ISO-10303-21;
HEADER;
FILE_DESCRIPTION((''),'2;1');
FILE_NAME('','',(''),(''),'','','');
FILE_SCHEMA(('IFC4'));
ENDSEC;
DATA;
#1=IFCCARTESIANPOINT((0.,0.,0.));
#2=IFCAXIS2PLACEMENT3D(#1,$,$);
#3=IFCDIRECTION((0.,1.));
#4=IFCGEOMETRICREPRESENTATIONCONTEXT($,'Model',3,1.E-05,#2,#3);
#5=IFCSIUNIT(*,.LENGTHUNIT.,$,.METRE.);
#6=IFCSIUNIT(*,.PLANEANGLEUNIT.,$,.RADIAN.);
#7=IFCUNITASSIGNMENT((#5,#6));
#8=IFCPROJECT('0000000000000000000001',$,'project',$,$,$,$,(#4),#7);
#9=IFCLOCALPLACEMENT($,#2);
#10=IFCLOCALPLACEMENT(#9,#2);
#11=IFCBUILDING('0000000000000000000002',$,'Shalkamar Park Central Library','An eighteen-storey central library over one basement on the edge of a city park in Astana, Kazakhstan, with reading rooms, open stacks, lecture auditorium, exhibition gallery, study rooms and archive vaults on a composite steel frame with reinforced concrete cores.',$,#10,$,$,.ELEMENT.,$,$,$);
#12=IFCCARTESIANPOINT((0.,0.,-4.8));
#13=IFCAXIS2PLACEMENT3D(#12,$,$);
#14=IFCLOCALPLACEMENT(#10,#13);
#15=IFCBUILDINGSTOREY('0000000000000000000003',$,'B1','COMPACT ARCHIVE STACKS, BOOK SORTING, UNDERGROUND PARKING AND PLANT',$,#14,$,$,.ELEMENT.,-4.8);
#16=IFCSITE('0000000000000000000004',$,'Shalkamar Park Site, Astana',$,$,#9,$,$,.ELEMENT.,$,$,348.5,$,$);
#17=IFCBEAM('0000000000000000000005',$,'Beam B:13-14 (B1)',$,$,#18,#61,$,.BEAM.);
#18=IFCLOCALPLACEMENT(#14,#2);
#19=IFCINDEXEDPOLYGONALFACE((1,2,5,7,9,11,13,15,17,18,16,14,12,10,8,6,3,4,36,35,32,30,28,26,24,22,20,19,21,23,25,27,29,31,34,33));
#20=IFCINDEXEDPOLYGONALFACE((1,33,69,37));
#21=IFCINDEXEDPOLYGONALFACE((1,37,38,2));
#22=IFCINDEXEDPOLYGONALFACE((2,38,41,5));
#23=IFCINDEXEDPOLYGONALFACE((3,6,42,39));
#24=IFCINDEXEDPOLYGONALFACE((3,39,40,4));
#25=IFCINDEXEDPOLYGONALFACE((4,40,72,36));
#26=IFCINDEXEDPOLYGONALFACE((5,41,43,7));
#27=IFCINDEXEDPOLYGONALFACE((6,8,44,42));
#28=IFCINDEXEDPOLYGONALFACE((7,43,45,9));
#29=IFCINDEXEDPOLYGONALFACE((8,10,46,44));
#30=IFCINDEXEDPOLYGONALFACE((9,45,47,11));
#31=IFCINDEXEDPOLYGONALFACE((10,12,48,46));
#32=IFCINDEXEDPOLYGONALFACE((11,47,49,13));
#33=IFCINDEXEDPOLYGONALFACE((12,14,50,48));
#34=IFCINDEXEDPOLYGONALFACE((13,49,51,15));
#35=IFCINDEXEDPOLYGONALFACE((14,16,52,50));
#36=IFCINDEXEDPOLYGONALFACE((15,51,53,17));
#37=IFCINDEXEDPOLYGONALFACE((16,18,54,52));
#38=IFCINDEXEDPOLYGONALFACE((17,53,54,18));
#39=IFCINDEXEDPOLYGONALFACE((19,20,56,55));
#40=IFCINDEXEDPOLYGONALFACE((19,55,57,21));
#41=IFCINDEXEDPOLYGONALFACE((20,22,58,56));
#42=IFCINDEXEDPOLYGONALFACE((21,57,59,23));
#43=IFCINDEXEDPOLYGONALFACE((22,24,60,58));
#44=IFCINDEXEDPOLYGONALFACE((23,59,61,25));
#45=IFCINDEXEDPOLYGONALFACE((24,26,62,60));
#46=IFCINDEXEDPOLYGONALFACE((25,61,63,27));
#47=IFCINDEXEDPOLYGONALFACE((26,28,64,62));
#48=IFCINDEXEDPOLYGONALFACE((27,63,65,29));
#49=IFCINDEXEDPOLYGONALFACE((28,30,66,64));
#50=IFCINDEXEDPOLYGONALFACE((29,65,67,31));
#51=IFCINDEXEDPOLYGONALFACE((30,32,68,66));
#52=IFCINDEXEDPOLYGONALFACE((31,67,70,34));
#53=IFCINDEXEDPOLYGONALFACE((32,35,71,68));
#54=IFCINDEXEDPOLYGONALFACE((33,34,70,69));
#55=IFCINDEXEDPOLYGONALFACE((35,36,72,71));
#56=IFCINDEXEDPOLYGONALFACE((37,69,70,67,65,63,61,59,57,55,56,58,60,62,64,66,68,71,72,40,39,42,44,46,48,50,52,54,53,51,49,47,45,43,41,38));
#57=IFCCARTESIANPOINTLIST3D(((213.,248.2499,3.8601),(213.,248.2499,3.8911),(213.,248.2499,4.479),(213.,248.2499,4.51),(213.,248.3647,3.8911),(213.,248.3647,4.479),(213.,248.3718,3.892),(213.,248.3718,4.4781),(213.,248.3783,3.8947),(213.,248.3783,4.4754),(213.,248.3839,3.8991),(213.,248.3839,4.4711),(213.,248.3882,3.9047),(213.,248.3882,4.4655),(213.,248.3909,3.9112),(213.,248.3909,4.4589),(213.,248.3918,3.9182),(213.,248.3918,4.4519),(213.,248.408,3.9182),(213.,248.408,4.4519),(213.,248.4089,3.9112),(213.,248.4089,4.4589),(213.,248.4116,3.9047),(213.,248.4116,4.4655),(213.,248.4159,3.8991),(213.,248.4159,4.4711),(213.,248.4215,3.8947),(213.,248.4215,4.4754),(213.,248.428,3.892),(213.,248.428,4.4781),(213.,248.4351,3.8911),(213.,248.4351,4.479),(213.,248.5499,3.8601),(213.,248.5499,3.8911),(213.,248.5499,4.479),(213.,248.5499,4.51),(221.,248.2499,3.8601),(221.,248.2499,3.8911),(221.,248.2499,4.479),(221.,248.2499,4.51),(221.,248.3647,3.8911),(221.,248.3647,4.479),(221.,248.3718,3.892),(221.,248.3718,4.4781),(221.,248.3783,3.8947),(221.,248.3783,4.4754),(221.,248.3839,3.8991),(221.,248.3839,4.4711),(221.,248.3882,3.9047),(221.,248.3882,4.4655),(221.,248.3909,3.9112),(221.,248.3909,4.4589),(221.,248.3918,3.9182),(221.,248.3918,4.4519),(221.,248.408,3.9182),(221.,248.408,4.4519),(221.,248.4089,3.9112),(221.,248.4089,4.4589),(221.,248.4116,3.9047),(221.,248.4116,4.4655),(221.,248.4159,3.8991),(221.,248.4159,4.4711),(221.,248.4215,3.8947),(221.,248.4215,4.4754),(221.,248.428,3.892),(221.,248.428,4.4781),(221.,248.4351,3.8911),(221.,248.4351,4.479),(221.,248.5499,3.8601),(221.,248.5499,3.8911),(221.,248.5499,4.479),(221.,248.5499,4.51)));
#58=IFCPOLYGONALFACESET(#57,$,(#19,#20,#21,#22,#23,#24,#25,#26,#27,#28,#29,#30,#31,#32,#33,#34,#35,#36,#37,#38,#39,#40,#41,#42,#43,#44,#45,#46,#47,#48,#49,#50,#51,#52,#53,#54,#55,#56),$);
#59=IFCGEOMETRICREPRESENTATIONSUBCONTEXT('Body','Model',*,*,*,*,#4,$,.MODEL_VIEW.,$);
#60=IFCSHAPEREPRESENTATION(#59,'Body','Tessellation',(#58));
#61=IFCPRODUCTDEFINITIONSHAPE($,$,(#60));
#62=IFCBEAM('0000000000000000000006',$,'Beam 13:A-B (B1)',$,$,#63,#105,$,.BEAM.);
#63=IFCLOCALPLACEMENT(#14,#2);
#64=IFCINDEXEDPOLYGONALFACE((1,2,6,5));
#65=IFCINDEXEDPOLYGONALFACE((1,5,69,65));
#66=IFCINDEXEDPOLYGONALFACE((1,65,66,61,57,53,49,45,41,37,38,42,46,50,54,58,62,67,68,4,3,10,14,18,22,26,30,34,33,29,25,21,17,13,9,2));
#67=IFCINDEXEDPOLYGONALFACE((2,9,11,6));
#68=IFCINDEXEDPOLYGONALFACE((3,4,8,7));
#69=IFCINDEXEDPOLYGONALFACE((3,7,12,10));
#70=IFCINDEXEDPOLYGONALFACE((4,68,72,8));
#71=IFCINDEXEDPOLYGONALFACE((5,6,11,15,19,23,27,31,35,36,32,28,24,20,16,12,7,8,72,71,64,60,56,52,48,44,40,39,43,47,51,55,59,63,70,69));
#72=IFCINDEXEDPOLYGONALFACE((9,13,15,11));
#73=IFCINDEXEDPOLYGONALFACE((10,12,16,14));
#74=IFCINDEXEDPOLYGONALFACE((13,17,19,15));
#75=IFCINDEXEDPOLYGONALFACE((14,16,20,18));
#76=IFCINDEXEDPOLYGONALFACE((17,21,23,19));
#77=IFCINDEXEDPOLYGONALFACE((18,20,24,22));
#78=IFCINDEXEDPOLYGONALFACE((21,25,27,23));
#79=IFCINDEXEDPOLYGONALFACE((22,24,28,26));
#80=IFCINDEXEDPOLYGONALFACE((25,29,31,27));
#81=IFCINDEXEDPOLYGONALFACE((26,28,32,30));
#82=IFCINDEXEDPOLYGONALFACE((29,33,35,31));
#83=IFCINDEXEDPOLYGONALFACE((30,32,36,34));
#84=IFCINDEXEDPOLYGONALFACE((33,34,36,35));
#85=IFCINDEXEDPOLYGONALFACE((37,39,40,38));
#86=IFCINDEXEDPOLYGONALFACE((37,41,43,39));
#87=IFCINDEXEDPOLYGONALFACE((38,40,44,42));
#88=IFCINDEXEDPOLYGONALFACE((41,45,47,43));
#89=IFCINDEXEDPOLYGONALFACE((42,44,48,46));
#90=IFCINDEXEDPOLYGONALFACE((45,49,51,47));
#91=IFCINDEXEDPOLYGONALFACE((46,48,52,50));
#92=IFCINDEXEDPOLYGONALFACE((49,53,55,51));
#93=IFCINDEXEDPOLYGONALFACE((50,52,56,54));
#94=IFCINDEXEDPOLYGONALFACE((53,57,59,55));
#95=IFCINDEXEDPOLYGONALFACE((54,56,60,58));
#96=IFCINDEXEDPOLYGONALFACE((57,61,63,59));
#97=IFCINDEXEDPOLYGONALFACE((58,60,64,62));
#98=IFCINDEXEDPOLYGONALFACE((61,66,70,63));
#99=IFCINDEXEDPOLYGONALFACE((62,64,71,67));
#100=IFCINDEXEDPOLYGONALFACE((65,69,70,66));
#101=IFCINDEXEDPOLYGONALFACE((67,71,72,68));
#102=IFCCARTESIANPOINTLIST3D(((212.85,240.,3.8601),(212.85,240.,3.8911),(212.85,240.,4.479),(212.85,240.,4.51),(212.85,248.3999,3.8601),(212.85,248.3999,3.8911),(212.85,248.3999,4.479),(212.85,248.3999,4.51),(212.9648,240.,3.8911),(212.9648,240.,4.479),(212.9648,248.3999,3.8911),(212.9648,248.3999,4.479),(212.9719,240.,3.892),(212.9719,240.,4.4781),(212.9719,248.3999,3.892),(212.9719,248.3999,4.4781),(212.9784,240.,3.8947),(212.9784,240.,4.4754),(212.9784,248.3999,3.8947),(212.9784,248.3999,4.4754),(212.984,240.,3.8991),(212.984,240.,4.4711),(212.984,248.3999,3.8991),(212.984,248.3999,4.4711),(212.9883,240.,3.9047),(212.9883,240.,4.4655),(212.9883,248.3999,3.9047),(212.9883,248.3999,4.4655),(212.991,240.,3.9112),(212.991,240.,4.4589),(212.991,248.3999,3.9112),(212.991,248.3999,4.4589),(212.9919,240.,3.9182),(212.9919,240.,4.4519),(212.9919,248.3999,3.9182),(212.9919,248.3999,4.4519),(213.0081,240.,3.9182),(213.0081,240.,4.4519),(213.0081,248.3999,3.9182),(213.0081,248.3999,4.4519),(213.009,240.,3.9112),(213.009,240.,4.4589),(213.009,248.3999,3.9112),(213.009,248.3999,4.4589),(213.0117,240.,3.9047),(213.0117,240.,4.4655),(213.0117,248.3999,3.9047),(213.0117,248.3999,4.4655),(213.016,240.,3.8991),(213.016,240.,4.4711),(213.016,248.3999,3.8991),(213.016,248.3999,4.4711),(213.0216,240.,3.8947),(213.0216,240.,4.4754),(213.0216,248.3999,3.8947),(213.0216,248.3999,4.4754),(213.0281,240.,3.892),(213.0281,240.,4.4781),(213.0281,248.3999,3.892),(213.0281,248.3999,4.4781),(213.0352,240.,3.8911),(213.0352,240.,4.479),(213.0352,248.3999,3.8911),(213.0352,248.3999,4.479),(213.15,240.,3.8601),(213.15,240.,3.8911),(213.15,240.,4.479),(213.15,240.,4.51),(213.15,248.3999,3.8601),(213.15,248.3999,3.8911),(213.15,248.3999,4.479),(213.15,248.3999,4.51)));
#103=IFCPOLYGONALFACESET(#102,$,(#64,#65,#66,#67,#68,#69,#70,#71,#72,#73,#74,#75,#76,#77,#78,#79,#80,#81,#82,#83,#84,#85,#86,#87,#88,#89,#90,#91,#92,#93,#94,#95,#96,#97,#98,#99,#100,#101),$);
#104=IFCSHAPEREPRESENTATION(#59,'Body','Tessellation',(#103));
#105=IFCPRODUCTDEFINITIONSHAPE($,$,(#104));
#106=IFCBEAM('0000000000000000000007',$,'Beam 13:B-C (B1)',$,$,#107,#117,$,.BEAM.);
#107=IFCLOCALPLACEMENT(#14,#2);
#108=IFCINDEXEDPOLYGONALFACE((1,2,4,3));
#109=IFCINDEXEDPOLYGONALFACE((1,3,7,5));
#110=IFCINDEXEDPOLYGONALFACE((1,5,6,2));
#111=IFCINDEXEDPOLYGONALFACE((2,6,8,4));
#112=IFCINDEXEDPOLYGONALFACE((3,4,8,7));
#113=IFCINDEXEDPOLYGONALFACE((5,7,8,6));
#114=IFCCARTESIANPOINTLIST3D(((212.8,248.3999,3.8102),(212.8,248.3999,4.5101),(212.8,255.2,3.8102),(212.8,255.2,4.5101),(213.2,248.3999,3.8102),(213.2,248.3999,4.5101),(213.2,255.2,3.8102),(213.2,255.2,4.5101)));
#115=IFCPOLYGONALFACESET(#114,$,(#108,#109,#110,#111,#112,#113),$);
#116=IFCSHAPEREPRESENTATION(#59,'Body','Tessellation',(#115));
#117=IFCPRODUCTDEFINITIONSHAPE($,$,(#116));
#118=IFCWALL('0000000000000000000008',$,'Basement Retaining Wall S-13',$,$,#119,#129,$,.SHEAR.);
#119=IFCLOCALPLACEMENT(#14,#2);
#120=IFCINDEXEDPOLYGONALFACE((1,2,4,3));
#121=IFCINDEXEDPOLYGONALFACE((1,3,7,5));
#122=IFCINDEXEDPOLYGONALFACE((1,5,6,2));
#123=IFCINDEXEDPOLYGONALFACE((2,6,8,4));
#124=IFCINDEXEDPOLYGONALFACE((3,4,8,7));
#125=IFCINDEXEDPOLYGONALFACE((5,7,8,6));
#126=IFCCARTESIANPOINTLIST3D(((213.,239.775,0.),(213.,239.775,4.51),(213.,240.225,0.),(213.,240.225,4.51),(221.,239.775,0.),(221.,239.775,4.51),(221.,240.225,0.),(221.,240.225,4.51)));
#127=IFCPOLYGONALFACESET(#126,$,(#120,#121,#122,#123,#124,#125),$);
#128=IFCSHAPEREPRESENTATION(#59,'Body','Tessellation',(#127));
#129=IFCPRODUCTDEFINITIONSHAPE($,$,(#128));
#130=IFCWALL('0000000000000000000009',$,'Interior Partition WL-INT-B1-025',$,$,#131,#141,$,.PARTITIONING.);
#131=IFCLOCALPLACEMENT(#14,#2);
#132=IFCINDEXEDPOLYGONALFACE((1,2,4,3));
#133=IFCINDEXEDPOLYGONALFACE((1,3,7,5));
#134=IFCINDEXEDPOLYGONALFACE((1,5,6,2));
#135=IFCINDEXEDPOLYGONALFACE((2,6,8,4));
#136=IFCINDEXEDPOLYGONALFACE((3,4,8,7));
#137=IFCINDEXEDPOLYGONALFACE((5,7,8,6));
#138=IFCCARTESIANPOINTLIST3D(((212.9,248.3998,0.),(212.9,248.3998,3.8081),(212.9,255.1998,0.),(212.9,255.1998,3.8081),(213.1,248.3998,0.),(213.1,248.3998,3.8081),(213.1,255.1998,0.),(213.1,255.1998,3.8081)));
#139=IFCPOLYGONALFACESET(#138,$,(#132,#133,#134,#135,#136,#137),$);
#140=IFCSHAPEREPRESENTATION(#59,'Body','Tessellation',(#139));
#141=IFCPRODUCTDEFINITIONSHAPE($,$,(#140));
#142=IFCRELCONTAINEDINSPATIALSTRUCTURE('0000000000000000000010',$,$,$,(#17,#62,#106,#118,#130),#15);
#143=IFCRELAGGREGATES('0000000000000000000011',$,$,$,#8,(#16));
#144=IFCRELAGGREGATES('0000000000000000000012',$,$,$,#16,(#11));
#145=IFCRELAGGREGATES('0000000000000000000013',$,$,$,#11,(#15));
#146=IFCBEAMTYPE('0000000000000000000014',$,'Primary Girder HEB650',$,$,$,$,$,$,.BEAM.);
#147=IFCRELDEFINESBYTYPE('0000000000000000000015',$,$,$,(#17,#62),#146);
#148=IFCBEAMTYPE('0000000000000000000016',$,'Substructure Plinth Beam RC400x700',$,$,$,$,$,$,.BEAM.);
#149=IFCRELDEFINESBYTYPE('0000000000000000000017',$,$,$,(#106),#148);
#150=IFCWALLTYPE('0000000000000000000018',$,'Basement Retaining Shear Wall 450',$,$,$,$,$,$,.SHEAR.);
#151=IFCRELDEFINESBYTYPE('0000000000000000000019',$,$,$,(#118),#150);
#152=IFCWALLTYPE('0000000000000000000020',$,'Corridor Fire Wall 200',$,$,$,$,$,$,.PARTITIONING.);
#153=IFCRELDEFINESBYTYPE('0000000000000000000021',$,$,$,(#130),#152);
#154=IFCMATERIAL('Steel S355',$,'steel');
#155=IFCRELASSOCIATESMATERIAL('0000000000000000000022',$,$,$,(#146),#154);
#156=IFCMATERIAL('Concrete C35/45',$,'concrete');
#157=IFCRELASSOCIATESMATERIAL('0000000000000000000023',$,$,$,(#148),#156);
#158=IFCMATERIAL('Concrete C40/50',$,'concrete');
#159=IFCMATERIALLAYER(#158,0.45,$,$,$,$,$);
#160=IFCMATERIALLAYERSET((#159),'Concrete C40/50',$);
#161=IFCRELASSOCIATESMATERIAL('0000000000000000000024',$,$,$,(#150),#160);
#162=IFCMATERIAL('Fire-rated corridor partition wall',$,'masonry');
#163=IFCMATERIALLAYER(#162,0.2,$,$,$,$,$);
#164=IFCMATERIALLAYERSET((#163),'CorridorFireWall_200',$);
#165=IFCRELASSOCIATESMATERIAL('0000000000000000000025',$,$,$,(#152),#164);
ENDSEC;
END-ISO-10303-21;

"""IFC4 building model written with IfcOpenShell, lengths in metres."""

from ifc_helpers import new_model, si_unit, direction, frame, frame_2d, origin, origin_2d, place, context, subcontext, project, spatial, rectangle, i_section, extrude, material, layer, layer_set, material_profile, profile_set, type_object, element, save


model = new_model("IFC4")

# Units and contexts
model_context = context("Model", 3, precision=1e-05, world=origin(), true_north=direction((0.0, 1.0)))
body_context = subcontext(model_context, "Body", "Model", "MODEL_VIEW")
ifc_project = project(units=[si_unit("LENGTHUNIT", "METRE"), si_unit("PLANEANGLEUNIT", "RADIAN")], contexts=[model_context])

# Site, building, storey
site_placement = place(None, origin())
site = spatial("IfcSite", under=ifc_project, at=site_placement, Name="Shalkamar Park Site, Astana", CompositionType="ELEMENT", RefElevation=348.5)
building_placement = place(site_placement, origin())
building = spatial("IfcBuilding", under=site, at=building_placement, Name="Shalkamar Park Central Library", Description="An eighteen-storey central library over one basement on the edge of a city park in Astana, Kazakhstan, with reading rooms, open stacks, lecture auditorium, exhibition gallery, study rooms and archive vaults on a composite steel frame with reinforced concrete cores.", CompositionType="ELEMENT")
storey_placement = place(building_placement, frame((0.0, 0.0, -4.8)))
storey = spatial("IfcBuildingStorey", under=building, at=storey_placement, Name="B1", Description="COMPACT ARCHIVE STACKS, BOOK SORTING, UNDERGROUND PARKING AND PLANT", CompositionType="ELEMENT", Elevation=-4.8)

# Shared definitions
ifc_material_1 = material(Name="Concrete C35/45", Category="concrete")

# Shared definitions
ifc_material_2 = material(Name="Concrete C40/50", Category="concrete")

# Beams
ifc_material_3 = material(Name="Steel S355", Category="steel")
ifc_material_profile_1 = material_profile(ifc_material_3, i_section(OverallWidth=0.3, OverallDepth=0.6499, WebThickness=0.0161, FlangeThickness=0.031, FilletRadius=0.0271, at=origin_2d()), Name="HEB 650")
ifc_profile_set_1 = profile_set([ifc_material_profile_1], Name="Steel S355")
beam_type_1 = type_object("IfcBeamType", Name="Primary Girder HEB650", PredefinedType="BEAM", material=ifc_profile_set_1)
for number, where, z_axis, x_axis, name in (
    (1, (213.0, 248.3999, 4.1851), (1.0, 0.0, 0.0), (0.0, 1.0, 0.0), "Beam B:13-14 (B1)"),
):
    element("IfcBeam", number, at=place(storey_placement, frame(where, z_axis=z_axis, x_axis=x_axis)), inside=storey, type_object=beam_type_1, Name=name, PredefinedType="BEAM", context=body_context, shape_type="SweptSolid", body=[
        extrude(i_section(OverallWidth=0.3, OverallDepth=0.6499, WebThickness=0.0161, FlangeThickness=0.031, FilletRadius=0.0271, at=origin_2d()), origin(), (0.0, 0.0, 1.0), 8.0),
    ])
beam_1_placement = place(storey_placement, frame((213.0, 240.0, 4.1851), z_axis=(0.0, 1.0, 0.0), x_axis=(-1.0, 0.0, 0.0)))
element("IfcBeam", 2, at=beam_1_placement, inside=storey, type_object=beam_type_1, Name="Beam 13:A-B (B1)", PredefinedType="BEAM", context=body_context, shape_type="SweptSolid", body=[
    extrude(i_section(OverallWidth=0.3, OverallDepth=0.6499, WebThickness=0.0161, FlangeThickness=0.031, FilletRadius=0.0271, at=origin_2d()), origin(), (0.0, 0.0, 1.0), 8.3999),
])
ifc_material_profile_2 = material_profile(ifc_material_1, rectangle(XDim=0.3999, YDim=0.7, at=origin_2d()), Name="RC 400x700")
ifc_profile_set_2 = profile_set([ifc_material_profile_2], Name="Concrete C35/45")
beam_type_2 = type_object("IfcBeamType", Name="Substructure Plinth Beam RC400x700", PredefinedType="BEAM", material=ifc_profile_set_2)
beam_2_placement = place(storey_placement, frame((213.0, 248.3999, 4.1602), z_axis=(0.0, 1.0, 0.0), x_axis=(-1.0, 0.0, 0.0)))
element("IfcBeam", 3, at=beam_2_placement, inside=storey, type_object=beam_type_2, Name="Beam 13:B-C (B1)", PredefinedType="BEAM", context=body_context, shape_type="SweptSolid", body=[
    extrude(rectangle(XDim=0.3999, YDim=0.7, at=origin_2d()), origin(), (0.0, 0.0, 1.0), 6.8),
])

# Walls
ifc_layer_1 = layer(ifc_material_2, 0.45)
ifc_layer_set_1 = layer_set([ifc_layer_1], Name="Concrete C40/50")
wall_type_1 = type_object("IfcWallType", Name="Basement Retaining Shear Wall 450", PredefinedType="SHEAR", material=ifc_layer_set_1)
wall_1_placement = place(storey_placement, frame((213.0, 240.0, 0.0), z_axis=(0.0, 0.0, 1.0), x_axis=(1.0, 0.0, 0.0)))
element("IfcWall", 4, at=wall_1_placement, inside=storey, type_object=wall_type_1, Name="Basement Retaining Wall S-13", PredefinedType="SHEAR", context=body_context, shape_type="SweptSolid", body=[
    extrude(rectangle(XDim=8.0, YDim=0.45, at=frame_2d((4.0, 0.0))), origin(), (0.0, 0.0, 1.0), 4.51),
])
ifc_material_4 = material(Name="Fire-rated corridor partition wall", Category="masonry")
ifc_layer_2 = layer(ifc_material_4, 0.2)
ifc_layer_set_2 = layer_set([ifc_layer_2], Name="CorridorFireWall_200")
wall_type_2 = type_object("IfcWallType", Name="Corridor Fire Wall 200", PredefinedType="PARTITIONING", material=ifc_layer_set_2)
wall_2_placement = place(storey_placement, frame((213.0, 248.3999, 0.0), z_axis=(0.0, 0.0, 1.0), x_axis=(0.0, 1.0, 0.0)))
element("IfcWall", 5, at=wall_2_placement, inside=storey, type_object=wall_type_2, Name="Interior Partition WL-INT-B1-025", PredefinedType="PARTITIONING", context=body_context, shape_type="SweptSolid", body=[
    extrude(rectangle(XDim=6.8, YDim=0.2, at=frame_2d((3.3999, 0.0))), origin(), (0.0, 0.0, 1.0), 3.8081),
])

save(model, "model.ifc")
